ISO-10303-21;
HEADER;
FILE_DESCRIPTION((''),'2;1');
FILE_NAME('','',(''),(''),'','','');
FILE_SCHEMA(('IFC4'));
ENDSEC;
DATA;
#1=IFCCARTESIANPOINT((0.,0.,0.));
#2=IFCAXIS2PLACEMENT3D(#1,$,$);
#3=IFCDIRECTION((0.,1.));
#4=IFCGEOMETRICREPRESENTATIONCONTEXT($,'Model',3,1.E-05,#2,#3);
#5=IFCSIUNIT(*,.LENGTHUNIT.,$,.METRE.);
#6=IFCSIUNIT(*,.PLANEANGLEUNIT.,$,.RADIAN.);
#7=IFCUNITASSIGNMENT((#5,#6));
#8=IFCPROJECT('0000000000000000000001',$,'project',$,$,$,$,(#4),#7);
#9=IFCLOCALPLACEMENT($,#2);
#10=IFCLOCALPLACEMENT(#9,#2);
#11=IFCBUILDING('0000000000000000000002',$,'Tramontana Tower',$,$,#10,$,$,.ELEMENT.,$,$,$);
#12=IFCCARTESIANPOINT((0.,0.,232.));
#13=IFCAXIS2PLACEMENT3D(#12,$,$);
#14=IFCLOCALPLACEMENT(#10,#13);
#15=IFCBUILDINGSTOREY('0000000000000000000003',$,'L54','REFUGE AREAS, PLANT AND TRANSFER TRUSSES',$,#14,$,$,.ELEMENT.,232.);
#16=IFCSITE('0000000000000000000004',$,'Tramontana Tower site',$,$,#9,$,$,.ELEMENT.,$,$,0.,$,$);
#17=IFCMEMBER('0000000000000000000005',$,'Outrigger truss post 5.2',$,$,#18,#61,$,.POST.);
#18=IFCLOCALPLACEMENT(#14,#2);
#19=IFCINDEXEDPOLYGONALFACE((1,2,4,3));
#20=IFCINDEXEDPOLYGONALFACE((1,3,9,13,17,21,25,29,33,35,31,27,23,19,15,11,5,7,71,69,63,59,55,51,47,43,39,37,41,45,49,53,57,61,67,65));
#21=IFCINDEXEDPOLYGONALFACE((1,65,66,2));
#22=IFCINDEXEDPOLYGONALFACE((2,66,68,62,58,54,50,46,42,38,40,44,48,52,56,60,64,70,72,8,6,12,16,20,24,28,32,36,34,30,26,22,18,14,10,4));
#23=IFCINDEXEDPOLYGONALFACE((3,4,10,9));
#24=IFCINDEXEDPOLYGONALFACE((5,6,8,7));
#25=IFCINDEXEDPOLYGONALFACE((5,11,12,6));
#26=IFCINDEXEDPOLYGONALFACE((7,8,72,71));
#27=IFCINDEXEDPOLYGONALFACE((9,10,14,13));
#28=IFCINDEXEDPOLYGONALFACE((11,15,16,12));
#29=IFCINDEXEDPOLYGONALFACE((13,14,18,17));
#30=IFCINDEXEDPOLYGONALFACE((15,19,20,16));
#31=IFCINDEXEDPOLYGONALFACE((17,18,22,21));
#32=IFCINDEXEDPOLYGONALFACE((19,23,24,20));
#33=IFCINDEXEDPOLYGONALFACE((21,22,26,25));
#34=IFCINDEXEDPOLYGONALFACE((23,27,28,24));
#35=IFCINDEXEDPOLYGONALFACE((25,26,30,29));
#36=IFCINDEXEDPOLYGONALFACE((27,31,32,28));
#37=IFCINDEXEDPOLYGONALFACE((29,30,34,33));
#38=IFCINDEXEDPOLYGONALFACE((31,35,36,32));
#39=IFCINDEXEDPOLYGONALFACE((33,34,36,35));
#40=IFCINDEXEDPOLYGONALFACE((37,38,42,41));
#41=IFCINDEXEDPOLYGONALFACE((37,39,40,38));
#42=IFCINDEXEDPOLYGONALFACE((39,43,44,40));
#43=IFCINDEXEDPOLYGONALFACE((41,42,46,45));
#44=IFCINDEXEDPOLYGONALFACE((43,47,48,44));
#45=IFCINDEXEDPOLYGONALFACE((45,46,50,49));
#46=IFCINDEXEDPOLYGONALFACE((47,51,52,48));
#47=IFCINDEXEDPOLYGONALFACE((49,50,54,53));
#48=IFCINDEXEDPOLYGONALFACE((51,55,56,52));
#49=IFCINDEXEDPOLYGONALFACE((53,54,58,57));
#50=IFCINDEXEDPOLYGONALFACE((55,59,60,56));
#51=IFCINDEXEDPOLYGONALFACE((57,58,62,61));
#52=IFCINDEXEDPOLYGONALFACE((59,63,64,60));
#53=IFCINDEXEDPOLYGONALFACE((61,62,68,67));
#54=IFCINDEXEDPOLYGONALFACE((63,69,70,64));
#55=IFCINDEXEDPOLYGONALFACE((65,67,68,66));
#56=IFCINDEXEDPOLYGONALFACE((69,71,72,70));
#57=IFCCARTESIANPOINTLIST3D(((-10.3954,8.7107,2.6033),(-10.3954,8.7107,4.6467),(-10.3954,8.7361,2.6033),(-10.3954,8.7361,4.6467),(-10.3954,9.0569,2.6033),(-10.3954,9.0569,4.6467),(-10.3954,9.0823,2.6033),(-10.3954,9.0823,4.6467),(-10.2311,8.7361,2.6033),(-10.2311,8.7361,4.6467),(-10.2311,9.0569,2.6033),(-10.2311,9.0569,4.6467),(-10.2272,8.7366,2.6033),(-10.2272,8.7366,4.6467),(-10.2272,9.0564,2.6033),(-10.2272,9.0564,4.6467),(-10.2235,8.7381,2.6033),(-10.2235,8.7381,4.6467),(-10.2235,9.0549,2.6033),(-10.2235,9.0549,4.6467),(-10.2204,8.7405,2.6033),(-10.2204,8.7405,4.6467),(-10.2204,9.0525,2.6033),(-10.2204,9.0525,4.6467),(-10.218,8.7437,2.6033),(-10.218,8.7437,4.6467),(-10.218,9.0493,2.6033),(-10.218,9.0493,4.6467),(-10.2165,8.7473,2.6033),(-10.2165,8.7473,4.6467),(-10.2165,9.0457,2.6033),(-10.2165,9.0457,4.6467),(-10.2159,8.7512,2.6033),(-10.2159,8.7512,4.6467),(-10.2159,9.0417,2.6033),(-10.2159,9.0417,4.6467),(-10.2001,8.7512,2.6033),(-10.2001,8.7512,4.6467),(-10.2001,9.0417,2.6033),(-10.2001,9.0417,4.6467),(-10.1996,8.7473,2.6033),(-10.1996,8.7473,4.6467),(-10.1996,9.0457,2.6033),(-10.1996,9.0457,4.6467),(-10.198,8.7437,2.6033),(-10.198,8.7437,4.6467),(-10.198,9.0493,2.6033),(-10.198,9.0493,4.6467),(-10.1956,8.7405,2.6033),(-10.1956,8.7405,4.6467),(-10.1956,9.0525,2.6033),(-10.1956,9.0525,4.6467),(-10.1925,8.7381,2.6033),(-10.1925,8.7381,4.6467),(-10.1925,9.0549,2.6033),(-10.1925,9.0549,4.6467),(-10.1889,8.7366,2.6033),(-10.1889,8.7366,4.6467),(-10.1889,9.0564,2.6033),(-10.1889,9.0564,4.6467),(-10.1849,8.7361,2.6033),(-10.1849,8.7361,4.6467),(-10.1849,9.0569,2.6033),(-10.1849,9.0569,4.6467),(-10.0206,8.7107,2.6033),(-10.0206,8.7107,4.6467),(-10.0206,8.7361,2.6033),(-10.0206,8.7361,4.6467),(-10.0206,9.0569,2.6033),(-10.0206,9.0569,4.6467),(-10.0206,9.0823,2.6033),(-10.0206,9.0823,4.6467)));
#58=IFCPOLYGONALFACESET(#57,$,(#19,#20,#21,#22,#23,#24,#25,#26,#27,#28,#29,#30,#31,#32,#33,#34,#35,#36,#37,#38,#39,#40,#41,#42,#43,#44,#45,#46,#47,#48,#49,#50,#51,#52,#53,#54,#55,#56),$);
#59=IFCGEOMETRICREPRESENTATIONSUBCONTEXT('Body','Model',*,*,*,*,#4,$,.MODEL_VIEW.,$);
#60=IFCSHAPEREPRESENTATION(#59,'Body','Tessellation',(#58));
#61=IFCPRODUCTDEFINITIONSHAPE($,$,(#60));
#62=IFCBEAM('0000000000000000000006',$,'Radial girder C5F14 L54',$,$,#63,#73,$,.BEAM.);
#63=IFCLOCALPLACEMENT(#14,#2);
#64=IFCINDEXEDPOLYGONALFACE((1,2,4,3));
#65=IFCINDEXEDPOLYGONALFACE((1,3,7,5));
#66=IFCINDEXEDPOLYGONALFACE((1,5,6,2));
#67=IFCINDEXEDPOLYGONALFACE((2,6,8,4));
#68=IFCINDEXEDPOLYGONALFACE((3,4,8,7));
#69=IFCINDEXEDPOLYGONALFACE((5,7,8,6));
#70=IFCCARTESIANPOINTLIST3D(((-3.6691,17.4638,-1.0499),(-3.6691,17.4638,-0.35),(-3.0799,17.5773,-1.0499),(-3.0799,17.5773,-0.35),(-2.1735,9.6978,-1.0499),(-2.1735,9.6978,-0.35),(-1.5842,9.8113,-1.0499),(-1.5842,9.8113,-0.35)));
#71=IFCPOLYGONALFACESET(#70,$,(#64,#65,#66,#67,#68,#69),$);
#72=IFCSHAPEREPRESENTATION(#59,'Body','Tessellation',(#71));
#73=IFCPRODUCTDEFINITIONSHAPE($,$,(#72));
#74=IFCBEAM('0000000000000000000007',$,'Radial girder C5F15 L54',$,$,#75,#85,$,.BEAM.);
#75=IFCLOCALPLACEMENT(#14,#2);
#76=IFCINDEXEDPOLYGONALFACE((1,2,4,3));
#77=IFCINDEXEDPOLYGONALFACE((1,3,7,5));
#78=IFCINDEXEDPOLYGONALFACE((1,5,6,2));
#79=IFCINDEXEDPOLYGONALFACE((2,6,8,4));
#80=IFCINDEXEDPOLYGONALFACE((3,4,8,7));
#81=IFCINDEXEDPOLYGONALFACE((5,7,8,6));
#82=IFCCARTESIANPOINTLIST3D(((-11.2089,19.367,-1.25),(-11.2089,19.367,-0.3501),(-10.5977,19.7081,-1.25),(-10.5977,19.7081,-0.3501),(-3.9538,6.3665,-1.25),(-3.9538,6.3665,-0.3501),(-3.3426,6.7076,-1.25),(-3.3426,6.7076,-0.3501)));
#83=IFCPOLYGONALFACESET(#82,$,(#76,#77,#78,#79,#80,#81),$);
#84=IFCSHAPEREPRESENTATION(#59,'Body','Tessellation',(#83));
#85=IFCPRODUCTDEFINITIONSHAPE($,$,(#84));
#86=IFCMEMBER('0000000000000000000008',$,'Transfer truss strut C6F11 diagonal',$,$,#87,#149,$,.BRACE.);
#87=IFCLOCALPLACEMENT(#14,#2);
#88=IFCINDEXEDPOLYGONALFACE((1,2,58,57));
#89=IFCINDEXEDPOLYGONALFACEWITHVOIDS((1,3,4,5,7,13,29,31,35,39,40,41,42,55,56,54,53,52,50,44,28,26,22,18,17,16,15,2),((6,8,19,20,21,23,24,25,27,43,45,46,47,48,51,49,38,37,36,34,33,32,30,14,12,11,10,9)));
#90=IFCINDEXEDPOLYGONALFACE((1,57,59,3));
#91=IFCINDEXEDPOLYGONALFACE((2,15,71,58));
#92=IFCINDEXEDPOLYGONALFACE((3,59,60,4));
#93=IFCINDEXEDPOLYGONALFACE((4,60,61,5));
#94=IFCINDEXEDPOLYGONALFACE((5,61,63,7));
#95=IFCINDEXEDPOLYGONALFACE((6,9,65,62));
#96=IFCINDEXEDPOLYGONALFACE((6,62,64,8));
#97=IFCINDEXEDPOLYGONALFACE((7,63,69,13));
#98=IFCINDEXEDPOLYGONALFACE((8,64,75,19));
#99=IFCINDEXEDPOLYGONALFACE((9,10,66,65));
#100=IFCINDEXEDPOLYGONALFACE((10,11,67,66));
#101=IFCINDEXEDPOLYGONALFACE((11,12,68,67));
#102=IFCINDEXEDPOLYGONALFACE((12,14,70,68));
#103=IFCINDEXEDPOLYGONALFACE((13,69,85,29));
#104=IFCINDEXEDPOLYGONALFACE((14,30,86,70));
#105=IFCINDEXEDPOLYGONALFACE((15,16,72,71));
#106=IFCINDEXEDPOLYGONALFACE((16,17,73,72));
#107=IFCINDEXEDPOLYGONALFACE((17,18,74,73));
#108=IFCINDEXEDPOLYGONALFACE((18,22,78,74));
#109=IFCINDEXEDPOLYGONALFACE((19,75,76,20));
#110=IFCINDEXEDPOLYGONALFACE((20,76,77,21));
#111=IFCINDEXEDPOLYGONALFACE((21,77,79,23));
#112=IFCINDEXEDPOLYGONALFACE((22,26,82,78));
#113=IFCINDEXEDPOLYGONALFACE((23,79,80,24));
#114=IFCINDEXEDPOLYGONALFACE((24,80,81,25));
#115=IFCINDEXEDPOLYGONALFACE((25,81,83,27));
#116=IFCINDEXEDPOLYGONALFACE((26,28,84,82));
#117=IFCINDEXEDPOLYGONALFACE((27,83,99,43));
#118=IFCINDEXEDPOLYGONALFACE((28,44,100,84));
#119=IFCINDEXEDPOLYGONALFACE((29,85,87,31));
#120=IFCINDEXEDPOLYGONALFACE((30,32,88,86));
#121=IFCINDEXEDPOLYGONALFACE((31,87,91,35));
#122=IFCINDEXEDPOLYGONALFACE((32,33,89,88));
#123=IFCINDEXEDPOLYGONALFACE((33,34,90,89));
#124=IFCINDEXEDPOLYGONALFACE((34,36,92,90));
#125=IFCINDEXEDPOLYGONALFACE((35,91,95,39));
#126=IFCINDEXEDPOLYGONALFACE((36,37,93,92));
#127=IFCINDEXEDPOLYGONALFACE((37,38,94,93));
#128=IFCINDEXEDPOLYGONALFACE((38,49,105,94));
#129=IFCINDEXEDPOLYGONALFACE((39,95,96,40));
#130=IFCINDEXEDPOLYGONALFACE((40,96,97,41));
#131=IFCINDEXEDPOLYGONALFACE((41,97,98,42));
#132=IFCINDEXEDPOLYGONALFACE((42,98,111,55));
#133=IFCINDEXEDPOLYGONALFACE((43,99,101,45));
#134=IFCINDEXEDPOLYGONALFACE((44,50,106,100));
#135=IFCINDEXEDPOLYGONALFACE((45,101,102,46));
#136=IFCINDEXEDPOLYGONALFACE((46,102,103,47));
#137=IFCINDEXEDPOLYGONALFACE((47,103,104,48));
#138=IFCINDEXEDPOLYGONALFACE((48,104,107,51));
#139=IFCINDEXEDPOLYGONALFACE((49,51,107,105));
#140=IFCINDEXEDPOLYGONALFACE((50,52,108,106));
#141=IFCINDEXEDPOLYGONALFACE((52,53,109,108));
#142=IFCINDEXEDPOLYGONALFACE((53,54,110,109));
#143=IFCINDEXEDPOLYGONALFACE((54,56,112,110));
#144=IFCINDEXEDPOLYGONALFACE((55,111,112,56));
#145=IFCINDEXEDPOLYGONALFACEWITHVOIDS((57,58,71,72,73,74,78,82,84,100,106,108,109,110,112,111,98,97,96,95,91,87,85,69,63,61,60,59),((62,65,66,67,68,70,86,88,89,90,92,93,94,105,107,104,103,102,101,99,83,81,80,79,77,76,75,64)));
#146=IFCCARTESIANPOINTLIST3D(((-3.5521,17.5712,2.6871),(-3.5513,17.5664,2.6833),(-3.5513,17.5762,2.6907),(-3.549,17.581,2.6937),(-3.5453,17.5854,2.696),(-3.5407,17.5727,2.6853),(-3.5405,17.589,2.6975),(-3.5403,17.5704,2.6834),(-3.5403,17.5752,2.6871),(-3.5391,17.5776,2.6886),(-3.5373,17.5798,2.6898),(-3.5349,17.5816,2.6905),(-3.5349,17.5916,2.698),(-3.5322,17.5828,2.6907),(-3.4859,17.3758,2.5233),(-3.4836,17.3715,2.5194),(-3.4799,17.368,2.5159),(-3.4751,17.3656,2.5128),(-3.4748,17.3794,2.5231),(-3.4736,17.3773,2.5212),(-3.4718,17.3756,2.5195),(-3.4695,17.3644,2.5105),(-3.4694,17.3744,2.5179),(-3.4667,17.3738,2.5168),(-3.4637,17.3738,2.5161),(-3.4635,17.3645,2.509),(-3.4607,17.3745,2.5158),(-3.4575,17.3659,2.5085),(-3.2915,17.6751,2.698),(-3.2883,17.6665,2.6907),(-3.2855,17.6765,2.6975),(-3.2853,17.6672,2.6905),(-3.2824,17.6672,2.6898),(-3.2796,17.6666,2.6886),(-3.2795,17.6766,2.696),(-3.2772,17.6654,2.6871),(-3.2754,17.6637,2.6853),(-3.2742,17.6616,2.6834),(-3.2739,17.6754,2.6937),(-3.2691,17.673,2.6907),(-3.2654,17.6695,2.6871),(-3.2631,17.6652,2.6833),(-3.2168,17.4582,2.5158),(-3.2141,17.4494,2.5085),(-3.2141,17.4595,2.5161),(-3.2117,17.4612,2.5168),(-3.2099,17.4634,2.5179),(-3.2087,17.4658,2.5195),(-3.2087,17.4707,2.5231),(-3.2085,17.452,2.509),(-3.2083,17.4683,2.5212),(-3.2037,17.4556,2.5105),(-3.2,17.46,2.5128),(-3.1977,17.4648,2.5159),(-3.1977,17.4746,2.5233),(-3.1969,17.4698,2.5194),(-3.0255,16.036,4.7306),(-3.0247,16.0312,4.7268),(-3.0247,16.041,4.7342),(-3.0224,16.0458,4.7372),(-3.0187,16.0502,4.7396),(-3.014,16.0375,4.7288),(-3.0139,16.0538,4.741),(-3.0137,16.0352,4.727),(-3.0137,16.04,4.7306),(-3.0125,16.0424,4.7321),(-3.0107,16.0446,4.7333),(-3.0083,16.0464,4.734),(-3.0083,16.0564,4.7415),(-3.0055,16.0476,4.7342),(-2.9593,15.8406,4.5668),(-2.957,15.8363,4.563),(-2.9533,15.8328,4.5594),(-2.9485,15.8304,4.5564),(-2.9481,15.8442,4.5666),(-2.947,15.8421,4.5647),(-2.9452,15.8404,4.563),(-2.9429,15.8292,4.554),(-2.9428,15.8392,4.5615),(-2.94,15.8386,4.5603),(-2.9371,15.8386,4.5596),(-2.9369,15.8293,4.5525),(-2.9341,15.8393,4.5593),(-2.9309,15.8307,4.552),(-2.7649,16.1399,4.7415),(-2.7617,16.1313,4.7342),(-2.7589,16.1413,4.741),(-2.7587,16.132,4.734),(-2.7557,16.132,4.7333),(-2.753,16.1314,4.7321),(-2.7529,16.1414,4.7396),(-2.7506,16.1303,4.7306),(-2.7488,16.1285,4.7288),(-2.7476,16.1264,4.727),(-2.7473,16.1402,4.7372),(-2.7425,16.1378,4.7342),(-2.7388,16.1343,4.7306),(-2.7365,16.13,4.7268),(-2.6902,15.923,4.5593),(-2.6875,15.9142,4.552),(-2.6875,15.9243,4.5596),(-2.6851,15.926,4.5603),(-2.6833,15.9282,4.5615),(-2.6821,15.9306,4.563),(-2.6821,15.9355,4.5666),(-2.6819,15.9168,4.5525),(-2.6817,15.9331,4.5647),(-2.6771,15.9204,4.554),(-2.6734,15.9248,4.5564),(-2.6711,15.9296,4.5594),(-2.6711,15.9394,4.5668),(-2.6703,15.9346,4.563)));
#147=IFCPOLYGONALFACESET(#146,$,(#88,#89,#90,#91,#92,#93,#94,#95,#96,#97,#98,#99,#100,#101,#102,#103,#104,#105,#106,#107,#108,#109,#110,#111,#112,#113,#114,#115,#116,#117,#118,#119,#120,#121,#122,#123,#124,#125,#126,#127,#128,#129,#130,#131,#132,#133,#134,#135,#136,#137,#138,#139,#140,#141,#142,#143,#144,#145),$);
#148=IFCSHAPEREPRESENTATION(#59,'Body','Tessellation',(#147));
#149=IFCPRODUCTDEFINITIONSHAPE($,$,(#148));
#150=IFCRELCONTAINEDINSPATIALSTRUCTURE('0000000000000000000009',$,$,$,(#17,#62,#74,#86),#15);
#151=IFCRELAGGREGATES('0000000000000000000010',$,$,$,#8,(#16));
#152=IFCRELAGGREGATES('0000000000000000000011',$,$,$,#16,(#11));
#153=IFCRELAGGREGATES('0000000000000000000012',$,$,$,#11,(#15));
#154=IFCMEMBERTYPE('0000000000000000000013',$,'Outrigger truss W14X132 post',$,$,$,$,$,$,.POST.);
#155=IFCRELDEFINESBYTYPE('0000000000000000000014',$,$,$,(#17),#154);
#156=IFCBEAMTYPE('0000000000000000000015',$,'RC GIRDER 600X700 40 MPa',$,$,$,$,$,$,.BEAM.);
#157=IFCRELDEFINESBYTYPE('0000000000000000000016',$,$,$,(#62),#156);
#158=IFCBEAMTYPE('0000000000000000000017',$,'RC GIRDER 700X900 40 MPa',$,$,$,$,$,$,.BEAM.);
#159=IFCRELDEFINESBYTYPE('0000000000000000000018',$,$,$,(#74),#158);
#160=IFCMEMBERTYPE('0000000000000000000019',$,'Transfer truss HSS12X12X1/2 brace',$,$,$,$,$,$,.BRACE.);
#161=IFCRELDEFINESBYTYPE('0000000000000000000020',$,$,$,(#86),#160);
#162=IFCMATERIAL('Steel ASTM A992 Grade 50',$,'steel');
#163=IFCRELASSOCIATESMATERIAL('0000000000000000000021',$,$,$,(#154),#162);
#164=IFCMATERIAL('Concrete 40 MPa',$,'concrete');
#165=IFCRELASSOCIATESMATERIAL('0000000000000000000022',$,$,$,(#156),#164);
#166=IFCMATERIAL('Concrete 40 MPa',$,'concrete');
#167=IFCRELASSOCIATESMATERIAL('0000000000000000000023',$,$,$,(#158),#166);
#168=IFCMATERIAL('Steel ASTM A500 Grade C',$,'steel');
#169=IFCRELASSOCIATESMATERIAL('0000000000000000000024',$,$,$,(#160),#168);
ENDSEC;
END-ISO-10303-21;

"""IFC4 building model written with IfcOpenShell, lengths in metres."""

from ifc_helpers import new_model, si_unit, direction, frame, origin, origin_2d, place, context, subcontext, project, spatial, rectangle, hollow_rectangle, i_section, extrude, material, material_profile, profile_set, type_object, element, save


model = new_model("IFC4")

# Units and contexts
model_context = context("Model", 3, precision=1e-05, world=origin(), true_north=direction((0.0, 1.0)))
body_context = subcontext(model_context, "Body", "Model", "MODEL_VIEW")
ifc_project = project(units=[si_unit("LENGTHUNIT", "METRE"), si_unit("PLANEANGLEUNIT", "RADIAN")], contexts=[model_context])

# Site, building, storey
site_placement = place(None, origin())
site = spatial("IfcSite", under=ifc_project, at=site_placement, Name="Tramontana Tower site", CompositionType="ELEMENT", RefElevation=0.0)
building_placement = place(site_placement, origin())
building = spatial("IfcBuilding", under=site, at=building_placement, Name="Tramontana Tower", CompositionType="ELEMENT")
storey_placement = place(building_placement, frame((0.0, 0.0, 232.0)))
storey = spatial("IfcBuildingStorey", under=building, at=storey_placement, Name="L54", Description="REFUGE AREAS, PLANT AND TRANSFER TRUSSES", CompositionType="ELEMENT", Elevation=232.0)

# Member
ifc_material_1 = material(Name="Steel ASTM A992 Grade 50", Category="steel")
ifc_material_profile_1 = material_profile(ifc_material_1, i_section(OverallWidth=0.3748, OverallDepth=0.3716, WebThickness=0.0159, FlangeThickness=0.0254, FilletRadius=0.0151, at=origin_2d()), Name="W14X132")
ifc_profile_set_1 = profile_set([ifc_material_profile_1], Name="Steel ASTM A992 Grade 50")
member_type_1 = type_object("IfcMemberType", Name="Outrigger truss W14X132 post", PredefinedType="POST", material=ifc_profile_set_1)
for number, where, z_axis, x_axis, name in (
    (1, (-10.208, 8.8965, 2.6033), (0.0, 0.0, 1.0), (1.0, 0.0, 0.0), "Outrigger truss post 5.2"),
):
    element("IfcMember", number, at=place(storey_placement, frame(where, z_axis=z_axis, x_axis=x_axis)), inside=storey, type_object=member_type_1, Name=name, PredefinedType="POST", context=body_context, shape_type="SweptSolid", body=[
        extrude(i_section(OverallWidth=0.3748, OverallDepth=0.3716, WebThickness=0.0159, FlangeThickness=0.0254, FilletRadius=0.0151, at=origin_2d()), origin(), (0.0, 0.0, 1.0), 2.0435),
    ])

# Beams
ifc_material_2 = material(Name="Concrete 40 MPa", Category="concrete")
ifc_material_profile_2 = material_profile(ifc_material_2, rectangle(XDim=0.6001, YDim=0.7, at=origin_2d()), Name="RC GIRDER 600X700 40 MPa")
ifc_profile_set_2 = profile_set([ifc_material_profile_2], Name="Concrete 40 MPa")
beam_type_1 = type_object("IfcBeamType", Name="RC GIRDER 600X700 40 MPa", PredefinedType="BEAM", material=ifc_profile_set_2)
beam_1_placement = place(storey_placement, frame((-3.3745, 17.5205, -0.7), z_axis=(0.189112, -0.981956, 0.0), x_axis=(0.981956, 0.189112, 0.0)))
element("IfcBeam", 2, at=beam_1_placement, inside=storey, type_object=beam_type_1, Name="Radial girder C5F14 L54", PredefinedType="BEAM", context=body_context, shape_type="SweptSolid", body=[
    extrude(rectangle(XDim=0.6001, YDim=0.7, at=origin_2d()), origin(), (0.0, 0.0, 1.0), 7.9087),
])
ifc_material_3 = material(Name="Concrete 40 MPa", Category="concrete")
ifc_material_profile_3 = material_profile(ifc_material_3, rectangle(XDim=0.7, YDim=0.8999, at=origin_2d()), Name="RC GIRDER 700X900 40 MPa")
ifc_profile_set_3 = profile_set([ifc_material_profile_3], Name="Concrete 40 MPa")
beam_type_2 = type_object("IfcBeamType", Name="RC GIRDER 700X900 40 MPa", PredefinedType="BEAM", material=ifc_profile_set_3)
beam_2_placement = place(storey_placement, frame((-10.9033, 19.5376, -0.8), z_axis=(0.487317, -0.873225, 0.0), x_axis=(0.873225, 0.487317, 0.0)))
element("IfcBeam", 3, at=beam_2_placement, inside=storey, type_object=beam_type_2, Name="Radial girder C5F15 L54", PredefinedType="BEAM", context=body_context, shape_type="SweptSolid", body=[
    extrude(rectangle(XDim=0.7, YDim=0.8999, at=origin_2d()), origin(), (0.0, 0.0, 1.0), 14.8879),
])

# Member
ifc_material_4 = material(Name="Steel ASTM A500 Grade C", Category="steel")
ifc_material_profile_4 = material_profile(ifc_material_4, hollow_rectangle(XDim=0.3047, YDim=0.3047, WallThickness=0.0117, InnerFilletRadius=0.0117, OuterFilletRadius=0.0237, at=origin_2d()), Name="HSS12X12X1/2")
ifc_profile_set_4 = profile_set([ifc_material_profile_4], Name="Steel ASTM A500 Grade C")
member_type_2 = type_object("IfcMemberType", Name="Transfer truss HSS12X12X1/2 brace", PredefinedType="BRACE", material=ifc_profile_set_4)
member_1_placement = place(storey_placement, frame((-3.3745, 17.5205, 2.6033), z_axis=(0.201802, -0.588284, 0.783069), x_axis=(0.945895, 0.324474, 0.0)))
element("IfcMember", 4, at=member_1_placement, inside=storey, type_object=member_type_2, Name="Transfer truss strut C6F11 diagonal", PredefinedType="BRACE", context=body_context, shape_type="SweptSolid", body=[
    extrude(hollow_rectangle(XDim=0.3047, YDim=0.3047, WallThickness=0.0117, InnerFilletRadius=0.0117, OuterFilletRadius=0.0237, at=origin_2d()), origin(), (0.0, 0.0, 1.0), 2.6096),
])

save(model, "model.ifc")
